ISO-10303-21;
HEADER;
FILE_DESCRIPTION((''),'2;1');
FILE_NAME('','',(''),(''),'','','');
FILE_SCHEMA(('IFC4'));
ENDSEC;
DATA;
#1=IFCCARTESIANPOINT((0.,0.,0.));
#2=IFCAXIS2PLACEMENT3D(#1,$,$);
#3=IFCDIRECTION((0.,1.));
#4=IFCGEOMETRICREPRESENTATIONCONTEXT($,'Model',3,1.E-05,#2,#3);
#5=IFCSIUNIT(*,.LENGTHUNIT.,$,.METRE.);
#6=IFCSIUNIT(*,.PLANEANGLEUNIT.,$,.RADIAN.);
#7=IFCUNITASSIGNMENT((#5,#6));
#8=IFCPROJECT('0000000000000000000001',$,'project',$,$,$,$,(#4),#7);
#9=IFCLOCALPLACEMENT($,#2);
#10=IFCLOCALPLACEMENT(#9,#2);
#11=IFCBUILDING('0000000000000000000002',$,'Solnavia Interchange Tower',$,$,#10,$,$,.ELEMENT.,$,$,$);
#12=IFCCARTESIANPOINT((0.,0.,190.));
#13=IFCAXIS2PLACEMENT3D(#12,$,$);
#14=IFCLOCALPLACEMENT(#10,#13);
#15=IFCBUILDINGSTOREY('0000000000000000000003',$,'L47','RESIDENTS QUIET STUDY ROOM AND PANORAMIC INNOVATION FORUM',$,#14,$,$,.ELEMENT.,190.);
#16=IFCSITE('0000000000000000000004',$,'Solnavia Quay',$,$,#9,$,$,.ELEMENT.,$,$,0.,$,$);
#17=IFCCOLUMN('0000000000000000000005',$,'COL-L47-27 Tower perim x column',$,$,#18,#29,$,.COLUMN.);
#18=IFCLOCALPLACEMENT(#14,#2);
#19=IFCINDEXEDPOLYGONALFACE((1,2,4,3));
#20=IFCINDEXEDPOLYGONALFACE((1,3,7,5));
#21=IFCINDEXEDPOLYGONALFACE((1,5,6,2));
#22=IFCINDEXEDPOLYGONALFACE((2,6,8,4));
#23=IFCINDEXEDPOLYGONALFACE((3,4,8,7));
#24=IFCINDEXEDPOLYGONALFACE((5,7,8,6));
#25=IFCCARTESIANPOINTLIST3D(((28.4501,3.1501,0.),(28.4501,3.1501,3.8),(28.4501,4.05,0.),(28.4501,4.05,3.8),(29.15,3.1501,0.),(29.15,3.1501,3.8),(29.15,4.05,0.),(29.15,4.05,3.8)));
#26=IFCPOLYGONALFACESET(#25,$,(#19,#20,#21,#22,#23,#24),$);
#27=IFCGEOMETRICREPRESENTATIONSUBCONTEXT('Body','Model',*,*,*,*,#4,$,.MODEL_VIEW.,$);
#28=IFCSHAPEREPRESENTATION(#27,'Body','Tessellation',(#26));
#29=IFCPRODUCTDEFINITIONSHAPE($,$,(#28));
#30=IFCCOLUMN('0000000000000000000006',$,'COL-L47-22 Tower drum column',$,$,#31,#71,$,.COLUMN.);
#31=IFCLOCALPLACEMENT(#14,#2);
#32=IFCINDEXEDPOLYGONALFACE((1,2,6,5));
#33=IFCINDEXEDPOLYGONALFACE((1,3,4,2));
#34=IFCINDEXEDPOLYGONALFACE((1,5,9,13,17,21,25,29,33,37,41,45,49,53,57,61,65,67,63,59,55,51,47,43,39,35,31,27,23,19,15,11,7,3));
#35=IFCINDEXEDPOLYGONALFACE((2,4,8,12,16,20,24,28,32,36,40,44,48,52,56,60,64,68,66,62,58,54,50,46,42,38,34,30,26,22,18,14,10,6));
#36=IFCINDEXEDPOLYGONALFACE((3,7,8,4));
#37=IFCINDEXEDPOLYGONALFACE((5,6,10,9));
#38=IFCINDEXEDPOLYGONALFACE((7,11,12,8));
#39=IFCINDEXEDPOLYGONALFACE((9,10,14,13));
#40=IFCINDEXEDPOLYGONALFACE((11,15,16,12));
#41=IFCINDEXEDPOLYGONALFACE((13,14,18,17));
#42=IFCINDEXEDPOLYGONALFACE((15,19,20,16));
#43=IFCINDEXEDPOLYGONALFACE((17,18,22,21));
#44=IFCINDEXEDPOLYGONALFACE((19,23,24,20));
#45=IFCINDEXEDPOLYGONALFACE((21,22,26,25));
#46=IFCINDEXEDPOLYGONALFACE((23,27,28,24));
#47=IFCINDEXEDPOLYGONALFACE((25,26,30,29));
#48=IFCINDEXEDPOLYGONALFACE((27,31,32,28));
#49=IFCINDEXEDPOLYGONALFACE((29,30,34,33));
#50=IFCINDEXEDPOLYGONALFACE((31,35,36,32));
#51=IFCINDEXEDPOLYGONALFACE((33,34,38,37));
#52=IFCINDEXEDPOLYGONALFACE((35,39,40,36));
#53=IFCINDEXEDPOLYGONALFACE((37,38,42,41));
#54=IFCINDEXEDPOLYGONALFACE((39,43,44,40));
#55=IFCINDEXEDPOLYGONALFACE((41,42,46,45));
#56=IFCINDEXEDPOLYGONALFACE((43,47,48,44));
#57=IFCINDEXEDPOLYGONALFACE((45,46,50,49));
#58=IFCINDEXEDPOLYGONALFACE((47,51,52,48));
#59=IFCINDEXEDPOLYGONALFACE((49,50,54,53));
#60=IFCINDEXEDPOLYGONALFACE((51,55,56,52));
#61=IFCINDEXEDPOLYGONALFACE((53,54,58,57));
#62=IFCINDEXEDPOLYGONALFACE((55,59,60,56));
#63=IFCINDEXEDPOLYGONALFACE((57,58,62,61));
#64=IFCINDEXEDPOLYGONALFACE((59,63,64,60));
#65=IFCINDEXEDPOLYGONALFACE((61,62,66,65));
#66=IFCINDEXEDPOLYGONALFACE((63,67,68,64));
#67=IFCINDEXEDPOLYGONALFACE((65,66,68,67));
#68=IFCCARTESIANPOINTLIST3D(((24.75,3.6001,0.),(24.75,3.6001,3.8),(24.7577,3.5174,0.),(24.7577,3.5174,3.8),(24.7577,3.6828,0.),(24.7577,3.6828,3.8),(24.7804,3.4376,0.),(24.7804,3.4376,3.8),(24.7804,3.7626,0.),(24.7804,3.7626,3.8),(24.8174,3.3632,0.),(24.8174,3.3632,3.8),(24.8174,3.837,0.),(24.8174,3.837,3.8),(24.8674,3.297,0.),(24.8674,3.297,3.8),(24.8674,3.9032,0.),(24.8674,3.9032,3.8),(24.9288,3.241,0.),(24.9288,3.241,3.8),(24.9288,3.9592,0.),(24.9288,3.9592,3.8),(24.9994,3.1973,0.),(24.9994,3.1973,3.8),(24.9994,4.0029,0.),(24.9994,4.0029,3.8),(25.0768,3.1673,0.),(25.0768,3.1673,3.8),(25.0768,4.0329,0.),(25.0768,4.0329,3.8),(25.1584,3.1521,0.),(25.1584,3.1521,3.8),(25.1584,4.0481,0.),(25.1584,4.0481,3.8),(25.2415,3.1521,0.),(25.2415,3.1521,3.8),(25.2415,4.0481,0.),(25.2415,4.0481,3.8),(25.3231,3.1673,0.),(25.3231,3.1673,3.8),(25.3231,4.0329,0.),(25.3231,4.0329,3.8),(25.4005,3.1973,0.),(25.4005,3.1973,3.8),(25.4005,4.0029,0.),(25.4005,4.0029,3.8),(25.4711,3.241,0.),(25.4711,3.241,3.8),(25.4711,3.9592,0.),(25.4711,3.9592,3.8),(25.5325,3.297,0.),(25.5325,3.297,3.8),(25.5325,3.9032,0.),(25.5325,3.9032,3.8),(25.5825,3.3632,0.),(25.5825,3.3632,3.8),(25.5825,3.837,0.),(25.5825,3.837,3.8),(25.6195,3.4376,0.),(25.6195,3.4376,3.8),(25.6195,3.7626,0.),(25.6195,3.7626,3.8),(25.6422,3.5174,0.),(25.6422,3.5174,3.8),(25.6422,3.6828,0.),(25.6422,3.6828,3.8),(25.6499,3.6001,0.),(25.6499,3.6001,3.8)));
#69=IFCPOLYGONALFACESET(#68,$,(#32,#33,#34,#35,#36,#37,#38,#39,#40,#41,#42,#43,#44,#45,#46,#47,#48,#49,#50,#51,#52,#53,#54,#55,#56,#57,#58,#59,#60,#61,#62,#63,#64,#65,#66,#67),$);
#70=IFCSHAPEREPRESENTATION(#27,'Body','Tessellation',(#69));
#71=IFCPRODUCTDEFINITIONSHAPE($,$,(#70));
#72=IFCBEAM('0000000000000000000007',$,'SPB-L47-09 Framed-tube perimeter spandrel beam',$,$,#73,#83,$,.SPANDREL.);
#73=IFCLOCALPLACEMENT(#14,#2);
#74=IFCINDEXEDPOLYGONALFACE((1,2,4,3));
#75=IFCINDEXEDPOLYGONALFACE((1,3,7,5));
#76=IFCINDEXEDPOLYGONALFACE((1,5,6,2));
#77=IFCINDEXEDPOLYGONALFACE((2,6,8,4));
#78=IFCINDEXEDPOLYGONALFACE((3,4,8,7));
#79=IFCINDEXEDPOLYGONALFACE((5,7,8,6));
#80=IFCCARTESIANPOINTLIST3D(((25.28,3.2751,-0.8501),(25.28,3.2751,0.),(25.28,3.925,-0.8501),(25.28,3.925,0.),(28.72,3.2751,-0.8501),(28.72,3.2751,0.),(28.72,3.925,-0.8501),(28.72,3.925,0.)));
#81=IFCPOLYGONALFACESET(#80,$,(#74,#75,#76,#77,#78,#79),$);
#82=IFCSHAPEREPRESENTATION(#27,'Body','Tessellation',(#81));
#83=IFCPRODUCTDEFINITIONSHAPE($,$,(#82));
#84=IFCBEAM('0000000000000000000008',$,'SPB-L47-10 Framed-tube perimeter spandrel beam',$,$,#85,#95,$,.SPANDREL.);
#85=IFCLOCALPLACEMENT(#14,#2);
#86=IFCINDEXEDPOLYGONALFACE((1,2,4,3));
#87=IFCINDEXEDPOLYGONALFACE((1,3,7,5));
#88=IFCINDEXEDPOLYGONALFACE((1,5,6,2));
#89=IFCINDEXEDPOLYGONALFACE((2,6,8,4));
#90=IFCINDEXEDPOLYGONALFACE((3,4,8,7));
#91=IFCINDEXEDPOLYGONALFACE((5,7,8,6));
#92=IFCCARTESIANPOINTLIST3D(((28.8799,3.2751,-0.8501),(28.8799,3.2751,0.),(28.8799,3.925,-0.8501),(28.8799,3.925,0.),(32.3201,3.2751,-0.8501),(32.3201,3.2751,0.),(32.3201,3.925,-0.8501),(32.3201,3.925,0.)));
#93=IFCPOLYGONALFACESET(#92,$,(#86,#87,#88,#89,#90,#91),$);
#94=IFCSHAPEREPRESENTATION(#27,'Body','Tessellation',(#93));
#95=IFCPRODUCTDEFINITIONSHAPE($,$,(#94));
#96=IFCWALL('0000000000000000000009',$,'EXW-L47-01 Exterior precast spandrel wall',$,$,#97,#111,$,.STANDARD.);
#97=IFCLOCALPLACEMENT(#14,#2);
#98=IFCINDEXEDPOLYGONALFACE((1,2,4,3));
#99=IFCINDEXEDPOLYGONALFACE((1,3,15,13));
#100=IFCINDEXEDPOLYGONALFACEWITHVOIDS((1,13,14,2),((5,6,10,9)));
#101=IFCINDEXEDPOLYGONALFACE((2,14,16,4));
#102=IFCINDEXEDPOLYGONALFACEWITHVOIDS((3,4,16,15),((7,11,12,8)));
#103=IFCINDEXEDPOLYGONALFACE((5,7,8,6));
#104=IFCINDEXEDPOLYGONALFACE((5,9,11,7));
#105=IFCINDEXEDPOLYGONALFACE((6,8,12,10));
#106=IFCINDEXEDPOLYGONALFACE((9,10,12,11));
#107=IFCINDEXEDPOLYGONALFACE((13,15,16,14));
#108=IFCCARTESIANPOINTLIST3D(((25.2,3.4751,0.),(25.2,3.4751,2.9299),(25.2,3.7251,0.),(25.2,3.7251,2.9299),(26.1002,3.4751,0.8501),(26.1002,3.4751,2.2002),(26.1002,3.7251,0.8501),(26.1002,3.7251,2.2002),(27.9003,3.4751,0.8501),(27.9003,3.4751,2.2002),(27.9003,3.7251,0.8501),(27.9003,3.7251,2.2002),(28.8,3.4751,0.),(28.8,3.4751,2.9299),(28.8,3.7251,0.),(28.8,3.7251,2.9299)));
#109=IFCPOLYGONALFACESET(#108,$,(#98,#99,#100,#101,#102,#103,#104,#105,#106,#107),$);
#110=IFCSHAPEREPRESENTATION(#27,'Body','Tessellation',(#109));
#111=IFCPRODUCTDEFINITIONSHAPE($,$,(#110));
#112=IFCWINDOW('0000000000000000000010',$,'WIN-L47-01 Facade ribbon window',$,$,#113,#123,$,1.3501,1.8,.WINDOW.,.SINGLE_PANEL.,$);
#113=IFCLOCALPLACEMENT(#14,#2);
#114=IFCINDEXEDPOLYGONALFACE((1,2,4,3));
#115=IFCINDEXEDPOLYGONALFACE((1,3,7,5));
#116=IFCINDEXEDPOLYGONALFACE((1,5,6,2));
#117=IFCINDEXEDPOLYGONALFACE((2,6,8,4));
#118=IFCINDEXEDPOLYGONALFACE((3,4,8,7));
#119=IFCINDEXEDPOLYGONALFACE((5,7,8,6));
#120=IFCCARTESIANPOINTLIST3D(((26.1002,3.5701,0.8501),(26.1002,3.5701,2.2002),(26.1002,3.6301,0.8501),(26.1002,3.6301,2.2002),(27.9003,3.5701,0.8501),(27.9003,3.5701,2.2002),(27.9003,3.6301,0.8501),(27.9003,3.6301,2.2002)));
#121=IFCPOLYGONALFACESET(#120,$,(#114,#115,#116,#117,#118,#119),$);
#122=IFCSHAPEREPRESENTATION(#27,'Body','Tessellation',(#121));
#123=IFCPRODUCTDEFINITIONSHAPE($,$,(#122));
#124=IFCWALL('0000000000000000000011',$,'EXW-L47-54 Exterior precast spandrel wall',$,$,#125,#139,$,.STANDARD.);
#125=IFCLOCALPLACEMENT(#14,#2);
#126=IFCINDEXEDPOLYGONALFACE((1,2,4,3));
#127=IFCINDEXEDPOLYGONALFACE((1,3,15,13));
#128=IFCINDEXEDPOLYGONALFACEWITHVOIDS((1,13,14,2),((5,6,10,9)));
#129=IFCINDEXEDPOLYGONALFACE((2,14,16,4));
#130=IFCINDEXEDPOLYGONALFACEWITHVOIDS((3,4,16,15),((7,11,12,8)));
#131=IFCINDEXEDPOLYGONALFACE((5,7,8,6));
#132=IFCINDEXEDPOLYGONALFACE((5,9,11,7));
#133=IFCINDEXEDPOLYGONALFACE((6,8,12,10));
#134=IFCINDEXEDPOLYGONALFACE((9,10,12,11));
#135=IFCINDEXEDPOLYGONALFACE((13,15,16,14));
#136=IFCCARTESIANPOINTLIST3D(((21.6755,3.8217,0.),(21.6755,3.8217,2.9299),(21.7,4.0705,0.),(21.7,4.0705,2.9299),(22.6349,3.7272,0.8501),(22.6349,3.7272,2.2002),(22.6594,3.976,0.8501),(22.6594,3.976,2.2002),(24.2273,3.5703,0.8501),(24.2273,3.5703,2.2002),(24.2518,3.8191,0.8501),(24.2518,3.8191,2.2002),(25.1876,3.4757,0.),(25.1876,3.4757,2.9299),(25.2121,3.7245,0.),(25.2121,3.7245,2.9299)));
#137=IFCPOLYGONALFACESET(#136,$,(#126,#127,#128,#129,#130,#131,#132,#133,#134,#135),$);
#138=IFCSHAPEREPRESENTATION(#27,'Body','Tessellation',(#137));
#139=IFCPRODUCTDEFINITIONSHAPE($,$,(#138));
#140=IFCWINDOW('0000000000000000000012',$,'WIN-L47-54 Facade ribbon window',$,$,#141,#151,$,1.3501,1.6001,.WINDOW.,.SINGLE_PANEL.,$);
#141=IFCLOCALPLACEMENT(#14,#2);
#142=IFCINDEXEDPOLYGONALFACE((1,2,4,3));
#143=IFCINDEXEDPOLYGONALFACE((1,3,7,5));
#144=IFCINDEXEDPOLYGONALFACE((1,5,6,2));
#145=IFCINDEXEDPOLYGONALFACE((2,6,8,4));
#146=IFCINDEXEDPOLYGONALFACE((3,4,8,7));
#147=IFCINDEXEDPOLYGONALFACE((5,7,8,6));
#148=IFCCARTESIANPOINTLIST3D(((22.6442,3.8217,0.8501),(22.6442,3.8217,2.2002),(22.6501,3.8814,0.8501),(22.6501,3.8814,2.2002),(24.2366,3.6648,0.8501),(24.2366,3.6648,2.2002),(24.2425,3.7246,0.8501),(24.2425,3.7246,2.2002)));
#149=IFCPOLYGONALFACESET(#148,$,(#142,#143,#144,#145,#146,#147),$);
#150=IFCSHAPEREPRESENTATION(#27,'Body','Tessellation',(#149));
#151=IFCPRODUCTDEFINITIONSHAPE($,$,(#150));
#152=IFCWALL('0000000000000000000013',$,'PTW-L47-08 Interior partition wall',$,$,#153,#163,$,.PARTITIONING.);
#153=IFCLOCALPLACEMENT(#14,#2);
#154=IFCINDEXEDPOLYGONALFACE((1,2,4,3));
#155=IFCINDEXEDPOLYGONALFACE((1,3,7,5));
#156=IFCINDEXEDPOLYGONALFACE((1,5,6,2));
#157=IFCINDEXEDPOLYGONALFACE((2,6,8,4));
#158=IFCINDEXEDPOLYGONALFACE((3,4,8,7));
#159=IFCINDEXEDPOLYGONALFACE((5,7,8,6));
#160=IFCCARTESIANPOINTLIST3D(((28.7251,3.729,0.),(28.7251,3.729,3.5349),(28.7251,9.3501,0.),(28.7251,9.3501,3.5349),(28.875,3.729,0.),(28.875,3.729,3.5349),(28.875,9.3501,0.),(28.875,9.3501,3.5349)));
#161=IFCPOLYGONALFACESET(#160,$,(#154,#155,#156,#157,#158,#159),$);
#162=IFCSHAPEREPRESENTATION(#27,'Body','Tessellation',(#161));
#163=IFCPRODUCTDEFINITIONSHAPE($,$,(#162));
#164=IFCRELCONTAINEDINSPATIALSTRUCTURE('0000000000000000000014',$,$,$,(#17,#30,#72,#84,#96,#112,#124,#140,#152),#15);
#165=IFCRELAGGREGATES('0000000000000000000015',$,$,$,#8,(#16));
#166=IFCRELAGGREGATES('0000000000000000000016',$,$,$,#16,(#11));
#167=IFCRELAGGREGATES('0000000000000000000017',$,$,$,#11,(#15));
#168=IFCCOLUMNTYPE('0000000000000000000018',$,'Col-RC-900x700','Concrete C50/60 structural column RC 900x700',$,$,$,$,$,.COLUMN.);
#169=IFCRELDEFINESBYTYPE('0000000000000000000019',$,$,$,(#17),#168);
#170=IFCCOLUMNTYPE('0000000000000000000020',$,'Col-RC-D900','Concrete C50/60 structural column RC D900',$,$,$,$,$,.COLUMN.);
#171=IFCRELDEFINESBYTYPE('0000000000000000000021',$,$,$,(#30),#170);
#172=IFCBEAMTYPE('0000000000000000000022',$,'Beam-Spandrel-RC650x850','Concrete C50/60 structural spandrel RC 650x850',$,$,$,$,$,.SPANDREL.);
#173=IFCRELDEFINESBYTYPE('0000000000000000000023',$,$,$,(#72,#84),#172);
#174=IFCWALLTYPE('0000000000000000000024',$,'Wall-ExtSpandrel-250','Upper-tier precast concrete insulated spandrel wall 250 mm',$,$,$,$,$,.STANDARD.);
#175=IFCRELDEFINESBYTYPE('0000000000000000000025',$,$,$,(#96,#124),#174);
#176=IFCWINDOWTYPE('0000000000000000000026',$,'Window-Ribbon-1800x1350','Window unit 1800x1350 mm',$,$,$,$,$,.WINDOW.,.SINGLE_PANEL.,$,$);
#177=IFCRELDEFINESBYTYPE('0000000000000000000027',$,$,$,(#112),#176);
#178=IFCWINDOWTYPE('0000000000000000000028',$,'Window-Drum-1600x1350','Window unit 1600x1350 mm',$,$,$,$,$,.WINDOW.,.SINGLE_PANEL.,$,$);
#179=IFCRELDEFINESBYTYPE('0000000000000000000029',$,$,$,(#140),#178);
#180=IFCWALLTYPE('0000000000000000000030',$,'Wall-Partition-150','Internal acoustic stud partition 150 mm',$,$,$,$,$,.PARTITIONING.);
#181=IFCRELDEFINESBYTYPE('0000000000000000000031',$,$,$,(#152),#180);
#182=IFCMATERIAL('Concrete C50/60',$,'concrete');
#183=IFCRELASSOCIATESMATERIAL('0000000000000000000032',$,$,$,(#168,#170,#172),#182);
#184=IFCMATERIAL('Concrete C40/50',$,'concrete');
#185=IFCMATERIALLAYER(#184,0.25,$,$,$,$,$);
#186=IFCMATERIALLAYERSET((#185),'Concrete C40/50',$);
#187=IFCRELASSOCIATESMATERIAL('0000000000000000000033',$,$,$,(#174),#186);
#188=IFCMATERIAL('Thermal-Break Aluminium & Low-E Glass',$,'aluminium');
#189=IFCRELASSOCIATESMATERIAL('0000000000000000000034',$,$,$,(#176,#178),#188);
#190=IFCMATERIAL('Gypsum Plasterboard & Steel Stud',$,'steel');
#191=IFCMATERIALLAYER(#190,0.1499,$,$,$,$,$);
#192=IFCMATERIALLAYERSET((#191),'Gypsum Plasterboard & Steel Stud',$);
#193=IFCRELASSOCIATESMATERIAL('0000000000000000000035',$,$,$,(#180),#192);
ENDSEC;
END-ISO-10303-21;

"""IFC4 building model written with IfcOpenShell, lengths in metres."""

from ifc_helpers import new_model, si_unit, direction, frame, frame_2d, origin, origin_2d, place, context, subcontext, project, spatial, rectangle, circle, extrude, material, layer, layer_set, material_profile, profile_set, type_object, element, fill, save


model = new_model("IFC4")

# Units and contexts
model_context = context("Model", 3, precision=1e-05, world=origin(), true_north=direction((0.0, 1.0)))
body_context = subcontext(model_context, "Body", "Model", "MODEL_VIEW")
ifc_project = project(units=[si_unit("LENGTHUNIT", "METRE"), si_unit("PLANEANGLEUNIT", "RADIAN")], contexts=[model_context])

# Site, building, storey
site_placement = place(None, origin())
site = spatial("IfcSite", under=ifc_project, at=site_placement, Name="Solnavia Quay", CompositionType="ELEMENT", RefElevation=0.0)
building_placement = place(site_placement, origin())
building = spatial("IfcBuilding", under=site, at=building_placement, Name="Solnavia Interchange Tower", CompositionType="ELEMENT")
storey_placement = place(building_placement, frame((0.0, 0.0, 190.0)))
storey = spatial("IfcBuildingStorey", under=building, at=storey_placement, Name="L47", Description="RESIDENTS QUIET STUDY ROOM AND PANORAMIC INNOVATION FORUM", CompositionType="ELEMENT", Elevation=190.0)

# Columns
ifc_material_1 = material(Name="Concrete C50/60", Category="concrete")
ifc_material_profile_1 = material_profile(ifc_material_1, rectangle(XDim=0.7, YDim=0.8999, at=origin_2d()), Name="RC 900x700")
ifc_profile_set_1 = profile_set([ifc_material_profile_1], Name="Concrete C50/60")
column_type_1 = type_object("IfcColumnType", Name="Col-RC-900x700", Description="Concrete C50/60 structural column RC 900x700", PredefinedType="COLUMN", material=ifc_profile_set_1)
column_1_placement = place(storey_placement, frame((28.8, 3.6001, 0.0), z_axis=(0.0, 0.0, 1.0), x_axis=(1.0, 0.0, 0.0)))
element("IfcColumn", 1, at=column_1_placement, inside=storey, type_object=column_type_1, Name="COL-L47-27 Tower perim x column", PredefinedType="COLUMN", context=body_context, shape_type="SweptSolid", body=[
    extrude(rectangle(XDim=0.7, YDim=0.8999, at=origin_2d()), origin(), (0.0, 0.0, 1.0), 3.8),
])
ifc_material_profile_2 = material_profile(ifc_material_1, circle(Radius=0.45, at=origin_2d()), Name="RC D900")
ifc_profile_set_2 = profile_set([ifc_material_profile_2], Name="Concrete C50/60")
column_type_2 = type_object("IfcColumnType", Name="Col-RC-D900", Description="Concrete C50/60 structural column RC D900", PredefinedType="COLUMN", material=ifc_profile_set_2)
column_2_placement = place(storey_placement, frame((25.2, 3.6001, 0.0), z_axis=(0.0, 0.0, 1.0), x_axis=(1.0, 0.0, 0.0)))
element("IfcColumn", 2, at=column_2_placement, inside=storey, type_object=column_type_2, Name="COL-L47-22 Tower drum column", PredefinedType="COLUMN", context=body_context, shape_type="SweptSolid", body=[
    extrude(circle(Radius=0.45, at=origin_2d()), origin(), (0.0, 0.0, 1.0), 3.8),
])

# Beams
ifc_material_profile_3 = material_profile(ifc_material_1, rectangle(XDim=0.6499, YDim=0.8501, at=origin_2d()), Name="RC 650x850")
ifc_profile_set_3 = profile_set([ifc_material_profile_3], Name="Concrete C50/60")
beam_type = type_object("IfcBeamType", Name="Beam-Spandrel-RC650x850", Description="Concrete C50/60 structural spandrel RC 650x850", PredefinedType="SPANDREL", material=ifc_profile_set_3)
beam_1_placement = place(storey_placement, frame((25.28, 3.6001, -0.425), z_axis=(1.0, 0.0, 0.0), x_axis=(0.0, 1.0, 0.0)))
element("IfcBeam", 3, at=beam_1_placement, inside=storey, type_object=beam_type, Name="SPB-L47-09 Framed-tube perimeter spandrel beam", PredefinedType="SPANDREL", context=body_context, shape_type="SweptSolid", body=[
    extrude(rectangle(XDim=0.6499, YDim=0.8501, at=origin_2d()), origin(), (0.0, 0.0, 1.0), 3.4399),
])
beam_2_placement = place(storey_placement, frame((28.8799, 3.6001, -0.425), z_axis=(1.0, 0.0, 0.0), x_axis=(0.0, 1.0, 0.0)))
element("IfcBeam", 4, at=beam_2_placement, inside=storey, type_object=beam_type, Name="SPB-L47-10 Framed-tube perimeter spandrel beam", PredefinedType="SPANDREL", context=body_context, shape_type="SweptSolid", body=[
    extrude(rectangle(XDim=0.6499, YDim=0.8501, at=origin_2d()), origin(), (0.0, 0.0, 1.0), 3.4402),
])

# Walls, openings, windows
ifc_material_2 = material(Name="Concrete C40/50", Category="concrete")
ifc_layer_1 = layer(ifc_material_2, 0.25)
ifc_layer_set_1 = layer_set([ifc_layer_1], Name="Concrete C40/50")
wall_type_1 = type_object("IfcWallType", Name="Wall-ExtSpandrel-250", Description="Upper-tier precast concrete insulated spandrel wall 250 mm", PredefinedType="STANDARD", material=ifc_layer_set_1)
wall_1_placement = place(storey_placement, frame((28.8, 3.6001, 0.0), z_axis=(0.0, 0.0, 1.0), x_axis=(-1.0, 0.0, 0.0)))
wall_1 = element("IfcWall", 5, at=wall_1_placement, inside=storey, type_object=wall_type_1, Name="EXW-L47-01 Exterior precast spandrel wall", PredefinedType="STANDARD", context=body_context, shape_type="SweptSolid", body=[
    extrude(rectangle(XDim=3.6001, YDim=0.25, at=frame_2d((1.8, 0.0))), origin(), (0.0, 0.0, 1.0), 2.9299),
])
opening_1_placement = place(wall_1_placement, frame((0.8999, 0.0, 0.8501)))
opening_1 = element("IfcOpeningElement", 6, at=opening_1_placement, cuts=wall_1, PredefinedType="OPENING", context=body_context, shape_type="SweptSolid", body=[
    extrude(rectangle(XDim=1.8, YDim=1.3501, at=frame_2d((0.8999, 0.675))), frame((0.0, 0.135, 0.0), z_axis=(0.0, -1.0, 0.0), x_axis=(1.0, 0.0, 0.0)), (0.0, 0.0, 1.0), 0.27),
])
ifc_material_3 = material(Name="Thermal-Break Aluminium & Low-E Glass", Category="aluminium")
window_type_1 = type_object("IfcWindowType", Name="Window-Ribbon-1800x1350", Description="Window unit 1800x1350 mm", PartitioningType="SINGLE_PANEL", PredefinedType="WINDOW", material=ifc_material_3)
window_1_placement = place(opening_1_placement, origin())
window_1 = element("IfcWindow", 7, at=window_1_placement, inside=storey, type_object=window_type_1, Name="WIN-L47-01 Facade ribbon window", OverallHeight=1.3501, OverallWidth=1.8, PartitioningType="SINGLE_PANEL", PredefinedType="WINDOW", context=body_context, shape_type="SweptSolid", body=[
    extrude(rectangle(XDim=1.8, YDim=1.3501, at=frame_2d((0.8999, 0.675))), frame((0.0, 0.03, 0.0), z_axis=(0.0, -1.0, 0.0), x_axis=(1.0, 0.0, 0.0)), (0.0, 0.0, 1.0), 0.0601),
])
fill(opening_1, window_1)
wall_2_placement = place(storey_placement, frame((25.2, 3.6001, 0.0), z_axis=(0.0, 0.0, 1.0), x_axis=(-0.995183, 0.098031, 0.0)))
wall_2 = element("IfcWall", 8, at=wall_2_placement, inside=storey, type_object=wall_type_1, Name="EXW-L47-54 Exterior precast spandrel wall", PredefinedType="STANDARD", context=body_context, shape_type="SweptSolid", body=[
    extrude(rectangle(XDim=3.5291, YDim=0.25, at=frame_2d((1.7646, 0.0))), origin(), (0.0, 0.0, 1.0), 2.9299),
])
opening_2_placement = place(wall_2_placement, frame((0.9651, 0.0, 0.8501)))
opening_2 = element("IfcOpeningElement", 9, at=opening_2_placement, cuts=wall_2, PredefinedType="OPENING", context=body_context, shape_type="SweptSolid", body=[
    extrude(rectangle(XDim=1.6001, YDim=1.3501, at=frame_2d((0.8, 0.675))), frame((0.0, 0.135, 0.0), z_axis=(0.0, -1.0, 0.0), x_axis=(1.0, 0.0, 0.0)), (0.0, 0.0, 1.0), 0.27),
])
window_type_2 = type_object("IfcWindowType", Name="Window-Drum-1600x1350", Description="Window unit 1600x1350 mm", PartitioningType="SINGLE_PANEL", PredefinedType="WINDOW", material=ifc_material_3)
window_2_placement = place(opening_2_placement, origin())
window_2 = element("IfcWindow", 10, at=window_2_placement, inside=storey, type_object=window_type_2, Name="WIN-L47-54 Facade ribbon window", OverallHeight=1.3501, OverallWidth=1.6001, PartitioningType="SINGLE_PANEL", PredefinedType="WINDOW", context=body_context, shape_type="SweptSolid", body=[
    extrude(rectangle(XDim=1.6001, YDim=1.3501, at=frame_2d((0.8, 0.675))), frame((0.0, 0.03, 0.0), z_axis=(0.0, -1.0, 0.0), x_axis=(1.0, 0.0, 0.0)), (0.0, 0.0, 1.0), 0.0601),
])
fill(opening_2, window_2)

# Wall
ifc_material_4 = material(Name="Gypsum Plasterboard & Steel Stud", Category="steel")
ifc_layer_2 = layer(ifc_material_4, 0.1499)
ifc_layer_set_2 = layer_set([ifc_layer_2], Name="Gypsum Plasterboard & Steel Stud")
wall_type_2 = type_object("IfcWallType", Name="Wall-Partition-150", Description="Internal acoustic stud partition 150 mm", PredefinedType="PARTITIONING", material=ifc_layer_set_2)
wall_3_placement = place(storey_placement, frame((28.8, 9.3501, 0.0), z_axis=(0.0, 0.0, 1.0), x_axis=(0.0, -1.0, 0.0)))
element("IfcWall", 11, at=wall_3_placement, inside=storey, type_object=wall_type_2, Name="PTW-L47-08 Interior partition wall", PredefinedType="PARTITIONING", context=body_context, shape_type="SweptSolid", body=[
    extrude(rectangle(XDim=5.6211, YDim=0.1499, at=frame_2d((2.8105, 0.0))), origin(), (0.0, 0.0, 1.0), 3.5349),
])

save(model, "model.ifc")
